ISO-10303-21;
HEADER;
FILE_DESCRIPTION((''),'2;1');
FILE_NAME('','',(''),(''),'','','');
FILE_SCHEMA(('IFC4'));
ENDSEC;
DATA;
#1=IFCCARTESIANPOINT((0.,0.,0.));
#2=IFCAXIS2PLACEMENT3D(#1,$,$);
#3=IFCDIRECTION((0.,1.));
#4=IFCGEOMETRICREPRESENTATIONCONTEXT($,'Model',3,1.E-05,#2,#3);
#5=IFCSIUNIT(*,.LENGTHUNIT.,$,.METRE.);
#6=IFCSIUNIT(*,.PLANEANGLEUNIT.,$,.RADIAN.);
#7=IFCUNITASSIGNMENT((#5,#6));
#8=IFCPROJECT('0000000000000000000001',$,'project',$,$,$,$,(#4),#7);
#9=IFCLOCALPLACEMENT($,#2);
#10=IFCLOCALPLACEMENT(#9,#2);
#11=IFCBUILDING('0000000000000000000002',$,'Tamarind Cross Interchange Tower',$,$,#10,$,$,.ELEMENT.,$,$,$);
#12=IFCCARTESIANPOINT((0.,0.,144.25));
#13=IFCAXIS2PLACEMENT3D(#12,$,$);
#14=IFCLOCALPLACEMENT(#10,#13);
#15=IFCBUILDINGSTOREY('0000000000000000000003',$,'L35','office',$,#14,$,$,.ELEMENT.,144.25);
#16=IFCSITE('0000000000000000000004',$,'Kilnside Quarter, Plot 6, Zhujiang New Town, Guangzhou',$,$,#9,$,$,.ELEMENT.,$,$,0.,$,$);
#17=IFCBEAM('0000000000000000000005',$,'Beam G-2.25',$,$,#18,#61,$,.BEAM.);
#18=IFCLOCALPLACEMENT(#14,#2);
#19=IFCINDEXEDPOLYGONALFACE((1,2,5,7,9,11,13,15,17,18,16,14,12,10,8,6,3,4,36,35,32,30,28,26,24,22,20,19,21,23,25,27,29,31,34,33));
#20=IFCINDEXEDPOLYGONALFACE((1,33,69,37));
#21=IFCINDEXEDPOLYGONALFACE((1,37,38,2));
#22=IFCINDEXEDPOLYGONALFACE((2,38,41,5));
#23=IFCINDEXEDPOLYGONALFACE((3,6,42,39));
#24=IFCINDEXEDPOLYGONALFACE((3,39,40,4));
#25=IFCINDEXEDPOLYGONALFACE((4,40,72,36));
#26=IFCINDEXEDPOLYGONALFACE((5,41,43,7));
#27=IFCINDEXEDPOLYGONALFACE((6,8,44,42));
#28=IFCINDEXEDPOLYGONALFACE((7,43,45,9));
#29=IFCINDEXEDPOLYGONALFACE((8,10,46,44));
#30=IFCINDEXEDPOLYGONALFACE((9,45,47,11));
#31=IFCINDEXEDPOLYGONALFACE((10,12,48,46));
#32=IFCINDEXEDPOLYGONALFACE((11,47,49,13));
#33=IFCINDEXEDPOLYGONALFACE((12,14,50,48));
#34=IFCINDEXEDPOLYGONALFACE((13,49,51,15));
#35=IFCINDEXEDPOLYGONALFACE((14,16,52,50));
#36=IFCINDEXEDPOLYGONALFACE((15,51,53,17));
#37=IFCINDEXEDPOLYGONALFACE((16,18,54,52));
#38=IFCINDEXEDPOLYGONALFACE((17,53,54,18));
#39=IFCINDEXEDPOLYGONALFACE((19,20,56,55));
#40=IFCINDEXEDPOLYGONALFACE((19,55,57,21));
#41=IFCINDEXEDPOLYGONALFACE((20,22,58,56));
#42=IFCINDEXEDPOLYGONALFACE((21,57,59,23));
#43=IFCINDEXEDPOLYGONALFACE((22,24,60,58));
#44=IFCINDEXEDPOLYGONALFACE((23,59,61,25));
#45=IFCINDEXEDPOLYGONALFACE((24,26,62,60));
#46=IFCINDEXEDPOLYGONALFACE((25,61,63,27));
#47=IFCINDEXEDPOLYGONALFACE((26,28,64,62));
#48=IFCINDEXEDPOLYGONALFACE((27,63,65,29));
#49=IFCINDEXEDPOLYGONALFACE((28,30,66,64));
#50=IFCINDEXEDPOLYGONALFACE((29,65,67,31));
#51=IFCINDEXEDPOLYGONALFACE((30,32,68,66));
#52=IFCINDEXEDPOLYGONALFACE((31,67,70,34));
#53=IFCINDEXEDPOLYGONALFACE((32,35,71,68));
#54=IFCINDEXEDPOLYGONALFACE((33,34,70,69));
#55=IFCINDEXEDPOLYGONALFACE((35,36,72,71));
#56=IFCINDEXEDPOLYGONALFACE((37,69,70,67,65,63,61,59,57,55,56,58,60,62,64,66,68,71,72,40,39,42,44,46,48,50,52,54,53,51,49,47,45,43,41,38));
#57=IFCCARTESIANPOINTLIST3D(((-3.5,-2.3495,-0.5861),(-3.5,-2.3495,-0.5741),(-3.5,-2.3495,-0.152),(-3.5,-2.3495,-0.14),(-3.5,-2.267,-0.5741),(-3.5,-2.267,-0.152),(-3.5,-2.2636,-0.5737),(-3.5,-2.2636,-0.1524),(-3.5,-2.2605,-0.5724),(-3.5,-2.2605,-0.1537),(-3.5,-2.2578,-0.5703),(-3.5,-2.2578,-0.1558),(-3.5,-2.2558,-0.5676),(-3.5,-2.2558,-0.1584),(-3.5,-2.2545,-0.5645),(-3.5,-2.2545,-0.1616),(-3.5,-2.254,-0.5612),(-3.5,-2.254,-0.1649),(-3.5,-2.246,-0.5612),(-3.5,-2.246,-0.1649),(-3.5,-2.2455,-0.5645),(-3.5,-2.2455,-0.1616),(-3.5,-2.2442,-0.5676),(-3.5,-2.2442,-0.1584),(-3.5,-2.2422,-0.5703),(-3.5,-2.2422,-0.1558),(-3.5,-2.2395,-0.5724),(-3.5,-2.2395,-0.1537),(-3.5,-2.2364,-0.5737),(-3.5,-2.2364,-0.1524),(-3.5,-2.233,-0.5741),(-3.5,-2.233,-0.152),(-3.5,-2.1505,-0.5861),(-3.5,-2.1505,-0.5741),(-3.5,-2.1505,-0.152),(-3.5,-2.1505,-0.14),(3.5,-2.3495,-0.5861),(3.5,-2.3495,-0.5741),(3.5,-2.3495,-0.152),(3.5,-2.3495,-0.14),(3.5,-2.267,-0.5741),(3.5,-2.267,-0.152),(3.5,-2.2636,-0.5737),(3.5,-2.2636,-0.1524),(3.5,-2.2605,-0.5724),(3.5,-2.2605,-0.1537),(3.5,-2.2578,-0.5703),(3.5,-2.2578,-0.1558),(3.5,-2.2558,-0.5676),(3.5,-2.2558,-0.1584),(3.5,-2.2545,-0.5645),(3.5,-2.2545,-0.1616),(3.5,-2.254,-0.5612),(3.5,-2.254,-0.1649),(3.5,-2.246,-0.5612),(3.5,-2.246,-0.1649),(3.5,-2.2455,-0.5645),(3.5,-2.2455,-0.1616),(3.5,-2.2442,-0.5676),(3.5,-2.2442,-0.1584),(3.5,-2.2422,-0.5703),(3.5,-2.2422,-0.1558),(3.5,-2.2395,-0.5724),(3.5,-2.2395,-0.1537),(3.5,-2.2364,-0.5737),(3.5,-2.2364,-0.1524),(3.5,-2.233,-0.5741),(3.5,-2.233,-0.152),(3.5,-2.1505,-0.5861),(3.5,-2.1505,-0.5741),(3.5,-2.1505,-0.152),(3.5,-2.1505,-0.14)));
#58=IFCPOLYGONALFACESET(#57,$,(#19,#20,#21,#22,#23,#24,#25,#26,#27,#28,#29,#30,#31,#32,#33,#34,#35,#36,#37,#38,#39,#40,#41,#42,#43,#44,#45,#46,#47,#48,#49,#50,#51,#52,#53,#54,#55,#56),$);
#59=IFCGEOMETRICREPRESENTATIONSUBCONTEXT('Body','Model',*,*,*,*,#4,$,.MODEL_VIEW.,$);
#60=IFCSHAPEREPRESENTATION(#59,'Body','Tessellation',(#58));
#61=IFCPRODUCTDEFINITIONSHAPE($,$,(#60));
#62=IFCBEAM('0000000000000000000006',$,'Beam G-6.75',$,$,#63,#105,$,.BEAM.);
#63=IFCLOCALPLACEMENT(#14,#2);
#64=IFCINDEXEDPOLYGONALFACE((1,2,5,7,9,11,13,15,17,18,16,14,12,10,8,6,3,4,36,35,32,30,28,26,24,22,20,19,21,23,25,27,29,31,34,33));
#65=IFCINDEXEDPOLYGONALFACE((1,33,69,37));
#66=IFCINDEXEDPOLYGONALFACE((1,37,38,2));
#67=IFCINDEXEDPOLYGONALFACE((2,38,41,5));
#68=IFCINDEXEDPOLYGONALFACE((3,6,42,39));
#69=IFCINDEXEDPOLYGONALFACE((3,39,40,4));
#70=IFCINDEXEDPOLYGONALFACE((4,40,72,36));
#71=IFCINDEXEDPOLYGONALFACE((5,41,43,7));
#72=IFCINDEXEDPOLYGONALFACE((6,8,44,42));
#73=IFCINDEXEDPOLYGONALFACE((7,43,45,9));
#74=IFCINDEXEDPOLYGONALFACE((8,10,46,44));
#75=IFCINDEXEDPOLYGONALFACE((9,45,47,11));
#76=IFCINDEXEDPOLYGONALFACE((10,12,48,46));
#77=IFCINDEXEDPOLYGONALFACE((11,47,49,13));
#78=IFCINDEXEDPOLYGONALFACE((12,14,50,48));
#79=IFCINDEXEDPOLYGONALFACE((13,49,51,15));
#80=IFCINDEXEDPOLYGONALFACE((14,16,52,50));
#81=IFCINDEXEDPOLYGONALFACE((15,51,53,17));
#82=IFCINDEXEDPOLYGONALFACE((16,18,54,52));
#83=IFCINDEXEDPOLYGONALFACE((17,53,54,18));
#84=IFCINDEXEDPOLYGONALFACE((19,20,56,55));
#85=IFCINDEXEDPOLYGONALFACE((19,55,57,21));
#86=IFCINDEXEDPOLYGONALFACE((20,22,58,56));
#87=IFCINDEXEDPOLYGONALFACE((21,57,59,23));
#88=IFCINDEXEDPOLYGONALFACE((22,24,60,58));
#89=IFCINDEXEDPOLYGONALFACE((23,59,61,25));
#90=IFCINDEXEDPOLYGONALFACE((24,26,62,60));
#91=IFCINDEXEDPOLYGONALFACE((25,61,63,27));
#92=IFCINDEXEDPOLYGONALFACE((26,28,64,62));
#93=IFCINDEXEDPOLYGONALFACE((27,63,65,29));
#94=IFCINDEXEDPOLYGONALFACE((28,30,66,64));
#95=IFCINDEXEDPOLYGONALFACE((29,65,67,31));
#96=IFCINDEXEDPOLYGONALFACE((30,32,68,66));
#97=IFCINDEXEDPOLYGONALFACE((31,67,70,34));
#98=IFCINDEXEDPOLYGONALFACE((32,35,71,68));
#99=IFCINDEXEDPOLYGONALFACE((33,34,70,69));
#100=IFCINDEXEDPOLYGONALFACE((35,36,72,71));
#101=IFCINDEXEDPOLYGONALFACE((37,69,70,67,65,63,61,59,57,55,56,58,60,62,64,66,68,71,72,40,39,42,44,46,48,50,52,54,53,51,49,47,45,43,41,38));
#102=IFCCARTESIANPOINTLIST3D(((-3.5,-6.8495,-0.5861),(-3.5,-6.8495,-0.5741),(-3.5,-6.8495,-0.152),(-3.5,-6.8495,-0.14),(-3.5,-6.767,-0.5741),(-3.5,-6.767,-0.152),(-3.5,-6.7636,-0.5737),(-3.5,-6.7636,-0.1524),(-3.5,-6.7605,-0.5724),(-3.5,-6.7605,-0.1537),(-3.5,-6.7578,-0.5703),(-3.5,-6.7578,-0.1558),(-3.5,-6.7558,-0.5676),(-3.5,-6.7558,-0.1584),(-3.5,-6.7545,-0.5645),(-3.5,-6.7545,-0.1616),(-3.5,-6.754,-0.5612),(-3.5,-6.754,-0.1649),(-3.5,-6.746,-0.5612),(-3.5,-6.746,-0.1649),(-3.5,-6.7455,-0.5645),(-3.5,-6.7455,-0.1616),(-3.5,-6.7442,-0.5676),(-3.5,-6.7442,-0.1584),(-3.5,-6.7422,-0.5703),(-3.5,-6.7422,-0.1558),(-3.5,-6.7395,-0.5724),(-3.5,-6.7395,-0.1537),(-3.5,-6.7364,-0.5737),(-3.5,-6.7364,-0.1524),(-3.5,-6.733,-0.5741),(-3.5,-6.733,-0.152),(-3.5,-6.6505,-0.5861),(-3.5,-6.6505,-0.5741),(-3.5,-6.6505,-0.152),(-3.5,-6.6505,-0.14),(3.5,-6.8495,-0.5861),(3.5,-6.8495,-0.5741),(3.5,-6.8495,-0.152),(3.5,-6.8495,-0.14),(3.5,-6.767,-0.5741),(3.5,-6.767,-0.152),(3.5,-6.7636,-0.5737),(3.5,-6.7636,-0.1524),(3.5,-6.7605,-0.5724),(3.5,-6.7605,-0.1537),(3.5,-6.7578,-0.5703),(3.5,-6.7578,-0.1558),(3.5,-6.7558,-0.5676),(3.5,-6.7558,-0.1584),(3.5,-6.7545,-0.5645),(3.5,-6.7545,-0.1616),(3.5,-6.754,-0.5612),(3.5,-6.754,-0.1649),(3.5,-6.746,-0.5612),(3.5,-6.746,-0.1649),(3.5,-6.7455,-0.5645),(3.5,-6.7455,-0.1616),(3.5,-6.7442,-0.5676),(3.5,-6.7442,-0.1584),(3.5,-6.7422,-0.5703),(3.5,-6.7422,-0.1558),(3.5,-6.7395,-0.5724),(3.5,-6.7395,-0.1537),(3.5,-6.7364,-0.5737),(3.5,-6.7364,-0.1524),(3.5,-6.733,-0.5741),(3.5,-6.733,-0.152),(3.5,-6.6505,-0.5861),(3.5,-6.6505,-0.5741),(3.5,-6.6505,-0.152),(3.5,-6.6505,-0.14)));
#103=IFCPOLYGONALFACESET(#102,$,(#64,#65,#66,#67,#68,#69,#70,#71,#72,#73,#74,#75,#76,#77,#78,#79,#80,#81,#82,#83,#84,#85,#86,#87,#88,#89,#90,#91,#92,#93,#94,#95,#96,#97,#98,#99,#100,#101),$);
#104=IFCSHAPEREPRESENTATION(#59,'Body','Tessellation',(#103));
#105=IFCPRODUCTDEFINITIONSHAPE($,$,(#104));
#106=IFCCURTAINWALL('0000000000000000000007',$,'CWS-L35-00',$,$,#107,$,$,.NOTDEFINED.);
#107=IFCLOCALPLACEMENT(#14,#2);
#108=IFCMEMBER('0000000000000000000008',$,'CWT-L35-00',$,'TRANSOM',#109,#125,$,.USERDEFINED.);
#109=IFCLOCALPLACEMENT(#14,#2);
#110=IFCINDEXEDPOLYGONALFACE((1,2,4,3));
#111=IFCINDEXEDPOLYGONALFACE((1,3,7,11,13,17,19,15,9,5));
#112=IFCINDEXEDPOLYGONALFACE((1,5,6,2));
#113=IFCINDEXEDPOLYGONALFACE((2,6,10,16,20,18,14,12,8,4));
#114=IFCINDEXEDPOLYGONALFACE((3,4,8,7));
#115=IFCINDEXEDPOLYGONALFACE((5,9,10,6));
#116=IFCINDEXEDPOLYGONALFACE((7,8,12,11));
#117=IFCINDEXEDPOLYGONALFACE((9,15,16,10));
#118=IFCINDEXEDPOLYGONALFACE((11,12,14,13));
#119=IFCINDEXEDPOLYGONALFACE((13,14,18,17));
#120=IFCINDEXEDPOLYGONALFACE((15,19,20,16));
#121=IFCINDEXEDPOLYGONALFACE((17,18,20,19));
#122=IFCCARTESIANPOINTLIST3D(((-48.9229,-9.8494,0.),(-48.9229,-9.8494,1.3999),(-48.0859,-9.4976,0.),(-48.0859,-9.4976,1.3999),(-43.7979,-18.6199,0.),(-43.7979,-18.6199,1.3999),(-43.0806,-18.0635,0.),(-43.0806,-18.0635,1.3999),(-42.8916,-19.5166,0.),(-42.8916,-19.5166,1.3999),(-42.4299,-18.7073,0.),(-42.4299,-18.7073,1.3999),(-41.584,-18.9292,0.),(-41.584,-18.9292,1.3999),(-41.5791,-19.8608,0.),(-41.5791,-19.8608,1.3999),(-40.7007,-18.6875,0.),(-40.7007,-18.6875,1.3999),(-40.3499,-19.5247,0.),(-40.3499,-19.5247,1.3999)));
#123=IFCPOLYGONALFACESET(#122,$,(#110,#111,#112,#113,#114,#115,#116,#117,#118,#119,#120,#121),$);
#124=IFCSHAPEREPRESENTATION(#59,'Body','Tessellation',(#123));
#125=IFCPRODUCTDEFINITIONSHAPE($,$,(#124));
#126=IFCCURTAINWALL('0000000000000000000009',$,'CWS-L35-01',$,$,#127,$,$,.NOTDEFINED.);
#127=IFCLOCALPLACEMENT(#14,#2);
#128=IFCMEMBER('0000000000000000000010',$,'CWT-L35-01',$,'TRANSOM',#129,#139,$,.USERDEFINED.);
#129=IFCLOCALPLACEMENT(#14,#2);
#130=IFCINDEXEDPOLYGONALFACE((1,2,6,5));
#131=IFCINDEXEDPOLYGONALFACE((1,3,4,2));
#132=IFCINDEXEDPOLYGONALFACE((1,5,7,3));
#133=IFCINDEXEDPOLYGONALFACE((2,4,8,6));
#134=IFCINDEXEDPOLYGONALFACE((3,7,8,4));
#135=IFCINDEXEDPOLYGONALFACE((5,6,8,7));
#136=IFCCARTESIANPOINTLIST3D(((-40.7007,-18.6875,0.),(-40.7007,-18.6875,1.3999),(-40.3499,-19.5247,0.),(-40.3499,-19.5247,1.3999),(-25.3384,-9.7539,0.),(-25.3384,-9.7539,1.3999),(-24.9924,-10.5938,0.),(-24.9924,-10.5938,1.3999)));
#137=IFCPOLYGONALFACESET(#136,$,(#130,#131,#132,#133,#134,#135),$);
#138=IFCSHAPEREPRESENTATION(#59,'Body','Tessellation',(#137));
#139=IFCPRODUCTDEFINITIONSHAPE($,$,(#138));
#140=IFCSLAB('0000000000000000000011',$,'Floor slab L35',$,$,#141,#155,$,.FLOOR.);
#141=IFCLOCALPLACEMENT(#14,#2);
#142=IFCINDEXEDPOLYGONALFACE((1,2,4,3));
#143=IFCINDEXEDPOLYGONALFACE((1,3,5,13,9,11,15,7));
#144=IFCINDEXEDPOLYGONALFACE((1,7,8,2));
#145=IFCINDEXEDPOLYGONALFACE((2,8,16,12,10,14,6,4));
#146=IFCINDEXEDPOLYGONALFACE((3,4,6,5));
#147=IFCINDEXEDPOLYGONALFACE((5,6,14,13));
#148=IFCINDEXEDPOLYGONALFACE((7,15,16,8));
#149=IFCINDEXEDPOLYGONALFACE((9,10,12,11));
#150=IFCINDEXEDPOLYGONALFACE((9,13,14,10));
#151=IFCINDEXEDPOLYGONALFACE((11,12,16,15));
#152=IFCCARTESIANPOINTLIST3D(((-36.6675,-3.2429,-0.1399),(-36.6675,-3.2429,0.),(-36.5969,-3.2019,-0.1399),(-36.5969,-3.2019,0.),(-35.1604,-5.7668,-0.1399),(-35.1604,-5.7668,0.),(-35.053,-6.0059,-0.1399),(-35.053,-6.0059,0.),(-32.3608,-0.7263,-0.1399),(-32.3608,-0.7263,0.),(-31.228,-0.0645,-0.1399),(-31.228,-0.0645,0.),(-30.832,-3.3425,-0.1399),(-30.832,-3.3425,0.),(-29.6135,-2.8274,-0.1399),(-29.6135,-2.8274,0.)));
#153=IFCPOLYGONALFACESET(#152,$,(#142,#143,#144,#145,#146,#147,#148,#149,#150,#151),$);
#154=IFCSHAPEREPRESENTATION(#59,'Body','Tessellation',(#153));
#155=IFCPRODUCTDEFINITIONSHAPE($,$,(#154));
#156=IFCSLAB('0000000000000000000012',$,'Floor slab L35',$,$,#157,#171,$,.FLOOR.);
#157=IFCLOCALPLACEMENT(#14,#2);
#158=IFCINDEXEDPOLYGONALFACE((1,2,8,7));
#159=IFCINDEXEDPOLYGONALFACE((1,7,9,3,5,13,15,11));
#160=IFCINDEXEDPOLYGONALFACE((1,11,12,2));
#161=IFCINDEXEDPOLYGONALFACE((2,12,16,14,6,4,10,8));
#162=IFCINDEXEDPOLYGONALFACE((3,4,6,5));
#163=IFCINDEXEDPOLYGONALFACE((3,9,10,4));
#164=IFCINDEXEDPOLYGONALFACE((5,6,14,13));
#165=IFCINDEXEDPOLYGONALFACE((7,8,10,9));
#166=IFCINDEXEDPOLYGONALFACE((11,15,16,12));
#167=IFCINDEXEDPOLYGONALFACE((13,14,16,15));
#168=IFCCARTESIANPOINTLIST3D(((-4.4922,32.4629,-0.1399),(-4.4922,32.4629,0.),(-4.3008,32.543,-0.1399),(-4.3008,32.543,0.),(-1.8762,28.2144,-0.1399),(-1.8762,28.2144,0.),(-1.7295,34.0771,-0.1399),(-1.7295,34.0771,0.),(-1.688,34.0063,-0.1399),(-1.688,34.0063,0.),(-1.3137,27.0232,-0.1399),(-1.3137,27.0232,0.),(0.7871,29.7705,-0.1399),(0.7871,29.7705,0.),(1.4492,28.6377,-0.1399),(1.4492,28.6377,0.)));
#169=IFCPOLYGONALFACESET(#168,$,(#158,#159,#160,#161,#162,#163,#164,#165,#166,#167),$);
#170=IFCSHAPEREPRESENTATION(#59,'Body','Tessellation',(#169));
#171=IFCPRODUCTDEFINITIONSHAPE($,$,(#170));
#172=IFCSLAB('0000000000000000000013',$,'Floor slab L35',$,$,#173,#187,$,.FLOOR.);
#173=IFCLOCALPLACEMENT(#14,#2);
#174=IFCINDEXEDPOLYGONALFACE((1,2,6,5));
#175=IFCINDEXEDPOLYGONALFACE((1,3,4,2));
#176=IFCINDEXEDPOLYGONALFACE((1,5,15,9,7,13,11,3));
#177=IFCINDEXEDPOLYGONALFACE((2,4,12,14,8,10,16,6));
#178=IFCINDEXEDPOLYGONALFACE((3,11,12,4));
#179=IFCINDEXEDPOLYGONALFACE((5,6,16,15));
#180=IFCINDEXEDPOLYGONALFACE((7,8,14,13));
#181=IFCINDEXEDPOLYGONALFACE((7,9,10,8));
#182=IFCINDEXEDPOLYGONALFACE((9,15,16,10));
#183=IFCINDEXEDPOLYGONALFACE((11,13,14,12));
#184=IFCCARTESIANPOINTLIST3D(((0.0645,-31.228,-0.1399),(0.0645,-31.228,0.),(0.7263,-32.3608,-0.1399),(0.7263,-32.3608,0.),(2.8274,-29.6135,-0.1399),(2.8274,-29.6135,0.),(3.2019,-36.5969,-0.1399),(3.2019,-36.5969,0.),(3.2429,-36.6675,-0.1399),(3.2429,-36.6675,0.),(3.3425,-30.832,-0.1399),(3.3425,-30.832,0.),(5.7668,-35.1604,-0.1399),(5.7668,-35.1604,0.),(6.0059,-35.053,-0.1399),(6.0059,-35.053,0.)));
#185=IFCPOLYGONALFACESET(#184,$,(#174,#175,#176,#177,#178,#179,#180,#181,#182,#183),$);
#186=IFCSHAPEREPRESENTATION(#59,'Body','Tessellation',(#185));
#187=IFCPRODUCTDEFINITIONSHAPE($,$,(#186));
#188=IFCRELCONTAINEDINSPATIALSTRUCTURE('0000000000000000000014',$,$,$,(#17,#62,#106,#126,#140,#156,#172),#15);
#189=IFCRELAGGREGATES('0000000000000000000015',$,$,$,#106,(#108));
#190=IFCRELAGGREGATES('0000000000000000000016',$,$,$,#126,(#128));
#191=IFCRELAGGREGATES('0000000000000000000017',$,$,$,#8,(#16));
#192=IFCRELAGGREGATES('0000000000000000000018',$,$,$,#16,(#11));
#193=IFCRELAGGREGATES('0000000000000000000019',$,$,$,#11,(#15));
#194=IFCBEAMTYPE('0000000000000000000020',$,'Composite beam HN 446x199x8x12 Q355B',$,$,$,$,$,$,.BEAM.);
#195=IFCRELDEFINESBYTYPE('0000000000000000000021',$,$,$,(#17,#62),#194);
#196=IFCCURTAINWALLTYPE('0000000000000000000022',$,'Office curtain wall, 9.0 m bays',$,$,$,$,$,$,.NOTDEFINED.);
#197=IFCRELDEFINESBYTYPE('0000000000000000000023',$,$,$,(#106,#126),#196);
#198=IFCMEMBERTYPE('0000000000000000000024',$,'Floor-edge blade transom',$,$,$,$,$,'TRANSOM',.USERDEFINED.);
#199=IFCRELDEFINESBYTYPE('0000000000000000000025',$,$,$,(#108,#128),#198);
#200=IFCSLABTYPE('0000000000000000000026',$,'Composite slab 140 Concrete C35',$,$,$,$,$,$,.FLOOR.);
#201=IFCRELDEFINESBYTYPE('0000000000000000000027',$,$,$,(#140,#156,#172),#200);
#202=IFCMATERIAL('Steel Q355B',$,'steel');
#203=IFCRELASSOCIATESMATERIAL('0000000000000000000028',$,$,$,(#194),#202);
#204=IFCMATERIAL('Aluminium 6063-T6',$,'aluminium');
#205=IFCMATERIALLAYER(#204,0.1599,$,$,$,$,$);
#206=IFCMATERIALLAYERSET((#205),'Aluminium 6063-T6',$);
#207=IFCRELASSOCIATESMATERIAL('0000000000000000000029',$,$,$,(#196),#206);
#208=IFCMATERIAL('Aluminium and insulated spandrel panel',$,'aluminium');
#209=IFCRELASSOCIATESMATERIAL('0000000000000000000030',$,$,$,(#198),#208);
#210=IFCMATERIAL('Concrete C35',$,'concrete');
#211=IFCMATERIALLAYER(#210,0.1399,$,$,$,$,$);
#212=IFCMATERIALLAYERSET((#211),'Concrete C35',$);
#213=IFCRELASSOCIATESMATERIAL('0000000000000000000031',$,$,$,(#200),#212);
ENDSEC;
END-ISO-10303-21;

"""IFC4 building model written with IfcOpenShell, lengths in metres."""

from ifc_helpers import new_model, si_unit, direction, frame, origin, origin_2d, place, context, subcontext, project, spatial, polyline, i_section, outline, extrude, material, layer, layer_set, material_profile, profile_set, type_object, element, aggregate, save


model = new_model("IFC4")

# Units and contexts
model_context = context("Model", 3, precision=1e-05, world=origin(), true_north=direction((0.0, 1.0)))
body_context = subcontext(model_context, "Body", "Model", "MODEL_VIEW")
ifc_project = project(units=[si_unit("LENGTHUNIT", "METRE"), si_unit("PLANEANGLEUNIT", "RADIAN")], contexts=[model_context])

# Site, building, storey
site_placement = place(None, origin())
site = spatial("IfcSite", under=ifc_project, at=site_placement, Name="Kilnside Quarter, Plot 6, Zhujiang New Town, Guangzhou", CompositionType="ELEMENT", RefElevation=0.0)
building_placement = place(site_placement, origin())
building = spatial("IfcBuilding", under=site, at=building_placement, Name="Tamarind Cross Interchange Tower", CompositionType="ELEMENT")
storey_placement = place(building_placement, frame((0.0, 0.0, 144.25)))
storey = spatial("IfcBuildingStorey", under=building, at=storey_placement, Name="L35", Description="office", CompositionType="ELEMENT", Elevation=144.25)

# Beams
ifc_material_1 = material(Name="Steel Q355B", Category="steel")
ifc_material_profile = material_profile(ifc_material_1, i_section(OverallWidth=0.199, OverallDepth=0.446, WebThickness=0.0081, FlangeThickness=0.012, FilletRadius=0.0129, at=origin_2d()), Name="HN 446x199x8x12")
ifc_profile_set = profile_set([ifc_material_profile], Name="Steel Q355B")
beam_type = type_object("IfcBeamType", Name="Composite beam HN 446x199x8x12 Q355B", PredefinedType="BEAM", material=ifc_profile_set)
for number, where, z_axis, x_axis, name in (
    (1, (-3.5, -2.25, -0.363), (1.0, 0.0, 0.0), (0.0, 1.0, 0.0), "Beam G-2.25"),
    (2, (-3.5, -6.75, -0.363), (1.0, 0.0, 0.0), (0.0, 1.0, 0.0), "Beam G-6.75"),
):
    element("IfcBeam", number, at=place(storey_placement, frame(where, z_axis=z_axis, x_axis=x_axis)), inside=storey, type_object=beam_type, Name=name, PredefinedType="BEAM", context=body_context, shape_type="SweptSolid", body=[
        extrude(i_section(OverallWidth=0.199, OverallDepth=0.446, WebThickness=0.0081, FlangeThickness=0.012, FilletRadius=0.0129, at=origin_2d()), origin(), (0.0, 0.0, 1.0), 7.0),
    ])

# Curtain walls, members
ifc_material_2 = material(Name="Aluminium 6063-T6", Category="aluminium")
ifc_layer_1 = layer(ifc_material_2, 0.1599)
ifc_layer_set_1 = layer_set([ifc_layer_1], Name="Aluminium 6063-T6")
curtain_wall_type = type_object("IfcCurtainWallType", Name="Office curtain wall, 9.0 m bays", PredefinedType="NOTDEFINED", material=ifc_layer_set_1)
curtain_wall_1_placement = place(storey_placement, origin())
curtain_wall_1 = element("IfcCurtainWall", 3, at=curtain_wall_1_placement, inside=storey, type_object=curtain_wall_type, Name="CWS-L35-00", PredefinedType="NOTDEFINED")
ifc_material_3 = material(Name="Aluminium and insulated spandrel panel", Category="aluminium")
member_type = type_object("IfcMemberType", Name="Floor-edge blade transom", ElementType="TRANSOM", PredefinedType="USERDEFINED", material=ifc_material_3)
member_1_placement = place(storey_placement, origin())
member_1 = element("IfcMember", 4, at=member_1_placement, type_object=member_type, Name="CWT-L35-00", ObjectType="TRANSOM", PredefinedType="USERDEFINED", context=body_context, shape_type="SweptSolid", body=[
    extrude(outline(polyline([(-48.0859, -9.4976), (-43.0806, -18.0635), (-42.4299, -18.7073), (-41.584, -18.9292), (-40.7007, -18.6875), (-40.3499, -19.5247), (-41.5791, -19.8608), (-42.8916, -19.5166), (-43.7979, -18.6199), (-48.9229, -9.8494), (-48.0859, -9.4976)])), origin(), (0.0, 0.0, 1.0), 1.3999),
])
curtain_wall_2_placement = place(storey_placement, origin())
curtain_wall_2 = element("IfcCurtainWall", 5, at=curtain_wall_2_placement, inside=storey, type_object=curtain_wall_type, Name="CWS-L35-01", PredefinedType="NOTDEFINED")
member_2_placement = place(storey_placement, origin())
member_2 = element("IfcMember", 6, at=member_2_placement, type_object=member_type, Name="CWT-L35-01", ObjectType="TRANSOM", PredefinedType="USERDEFINED", context=body_context, shape_type="SweptSolid", body=[
    extrude(outline(polyline([(-40.7007, -18.6875), (-25.3384, -9.7539), (-24.9924, -10.5938), (-40.3499, -19.5247), (-40.7007, -18.6875)])), origin(), (0.0, 0.0, 1.0), 1.3999),
])

# Slabs
ifc_material_4 = material(Name="Concrete C35", Category="concrete")
ifc_layer_2 = layer(ifc_material_4, 0.1399)
ifc_layer_set_2 = layer_set([ifc_layer_2], Name="Concrete C35")
slab_type = type_object("IfcSlabType", Name="Composite slab 140 Concrete C35", PredefinedType="FLOOR", material=ifc_layer_set_2)
slab_1_placement = place(storey_placement, frame((0.0, 0.0, -0.1399)))
element("IfcSlab", 7, at=slab_1_placement, inside=storey, type_object=slab_type, Name="Floor slab L35", PredefinedType="FLOOR", context=body_context, shape_type="SweptSolid", body=[
    extrude(outline(polyline([(-36.6675, -3.2429), (-35.053, -6.0059), (-29.6135, -2.8274), (-31.228, -0.0645), (-32.3608, -0.7263), (-30.832, -3.3425), (-35.1604, -5.7668), (-36.5969, -3.2019), (-36.6675, -3.2429)])), origin(), (0.0, 0.0, 1.0), 0.1399),
])
slab_2_placement = place(storey_placement, frame((0.0, 0.0, -0.1399)))
element("IfcSlab", 8, at=slab_2_placement, inside=storey, type_object=slab_type, Name="Floor slab L35", PredefinedType="FLOOR", context=body_context, shape_type="SweptSolid", body=[
    extrude(outline(polyline([(-1.3137, 27.0232), (1.4492, 28.6377), (0.7871, 29.7705), (-1.8762, 28.2144), (-4.3008, 32.543), (-1.688, 34.0063), (-1.7295, 34.0771), (-4.4922, 32.4629), (-1.3137, 27.0232)])), origin(), (0.0, 0.0, 1.0), 0.1399),
])
slab_3_placement = place(storey_placement, frame((0.0, 0.0, -0.1399)))
element("IfcSlab", 9, at=slab_3_placement, inside=storey, type_object=slab_type, Name="Floor slab L35", PredefinedType="FLOOR", context=body_context, shape_type="SweptSolid", body=[
    extrude(outline(polyline([(3.2429, -36.6675), (6.0059, -35.053), (2.8274, -29.6135), (0.0645, -31.228), (0.7263, -32.3608), (3.3425, -30.832), (5.7668, -35.1604), (3.2019, -36.5969), (3.2429, -36.6675)])), origin(), (0.0, 0.0, 1.0), 0.1399),
])

aggregate(curtain_wall_1, [member_1])
aggregate(curtain_wall_2, [member_2])

save(model, "model.ifc")
